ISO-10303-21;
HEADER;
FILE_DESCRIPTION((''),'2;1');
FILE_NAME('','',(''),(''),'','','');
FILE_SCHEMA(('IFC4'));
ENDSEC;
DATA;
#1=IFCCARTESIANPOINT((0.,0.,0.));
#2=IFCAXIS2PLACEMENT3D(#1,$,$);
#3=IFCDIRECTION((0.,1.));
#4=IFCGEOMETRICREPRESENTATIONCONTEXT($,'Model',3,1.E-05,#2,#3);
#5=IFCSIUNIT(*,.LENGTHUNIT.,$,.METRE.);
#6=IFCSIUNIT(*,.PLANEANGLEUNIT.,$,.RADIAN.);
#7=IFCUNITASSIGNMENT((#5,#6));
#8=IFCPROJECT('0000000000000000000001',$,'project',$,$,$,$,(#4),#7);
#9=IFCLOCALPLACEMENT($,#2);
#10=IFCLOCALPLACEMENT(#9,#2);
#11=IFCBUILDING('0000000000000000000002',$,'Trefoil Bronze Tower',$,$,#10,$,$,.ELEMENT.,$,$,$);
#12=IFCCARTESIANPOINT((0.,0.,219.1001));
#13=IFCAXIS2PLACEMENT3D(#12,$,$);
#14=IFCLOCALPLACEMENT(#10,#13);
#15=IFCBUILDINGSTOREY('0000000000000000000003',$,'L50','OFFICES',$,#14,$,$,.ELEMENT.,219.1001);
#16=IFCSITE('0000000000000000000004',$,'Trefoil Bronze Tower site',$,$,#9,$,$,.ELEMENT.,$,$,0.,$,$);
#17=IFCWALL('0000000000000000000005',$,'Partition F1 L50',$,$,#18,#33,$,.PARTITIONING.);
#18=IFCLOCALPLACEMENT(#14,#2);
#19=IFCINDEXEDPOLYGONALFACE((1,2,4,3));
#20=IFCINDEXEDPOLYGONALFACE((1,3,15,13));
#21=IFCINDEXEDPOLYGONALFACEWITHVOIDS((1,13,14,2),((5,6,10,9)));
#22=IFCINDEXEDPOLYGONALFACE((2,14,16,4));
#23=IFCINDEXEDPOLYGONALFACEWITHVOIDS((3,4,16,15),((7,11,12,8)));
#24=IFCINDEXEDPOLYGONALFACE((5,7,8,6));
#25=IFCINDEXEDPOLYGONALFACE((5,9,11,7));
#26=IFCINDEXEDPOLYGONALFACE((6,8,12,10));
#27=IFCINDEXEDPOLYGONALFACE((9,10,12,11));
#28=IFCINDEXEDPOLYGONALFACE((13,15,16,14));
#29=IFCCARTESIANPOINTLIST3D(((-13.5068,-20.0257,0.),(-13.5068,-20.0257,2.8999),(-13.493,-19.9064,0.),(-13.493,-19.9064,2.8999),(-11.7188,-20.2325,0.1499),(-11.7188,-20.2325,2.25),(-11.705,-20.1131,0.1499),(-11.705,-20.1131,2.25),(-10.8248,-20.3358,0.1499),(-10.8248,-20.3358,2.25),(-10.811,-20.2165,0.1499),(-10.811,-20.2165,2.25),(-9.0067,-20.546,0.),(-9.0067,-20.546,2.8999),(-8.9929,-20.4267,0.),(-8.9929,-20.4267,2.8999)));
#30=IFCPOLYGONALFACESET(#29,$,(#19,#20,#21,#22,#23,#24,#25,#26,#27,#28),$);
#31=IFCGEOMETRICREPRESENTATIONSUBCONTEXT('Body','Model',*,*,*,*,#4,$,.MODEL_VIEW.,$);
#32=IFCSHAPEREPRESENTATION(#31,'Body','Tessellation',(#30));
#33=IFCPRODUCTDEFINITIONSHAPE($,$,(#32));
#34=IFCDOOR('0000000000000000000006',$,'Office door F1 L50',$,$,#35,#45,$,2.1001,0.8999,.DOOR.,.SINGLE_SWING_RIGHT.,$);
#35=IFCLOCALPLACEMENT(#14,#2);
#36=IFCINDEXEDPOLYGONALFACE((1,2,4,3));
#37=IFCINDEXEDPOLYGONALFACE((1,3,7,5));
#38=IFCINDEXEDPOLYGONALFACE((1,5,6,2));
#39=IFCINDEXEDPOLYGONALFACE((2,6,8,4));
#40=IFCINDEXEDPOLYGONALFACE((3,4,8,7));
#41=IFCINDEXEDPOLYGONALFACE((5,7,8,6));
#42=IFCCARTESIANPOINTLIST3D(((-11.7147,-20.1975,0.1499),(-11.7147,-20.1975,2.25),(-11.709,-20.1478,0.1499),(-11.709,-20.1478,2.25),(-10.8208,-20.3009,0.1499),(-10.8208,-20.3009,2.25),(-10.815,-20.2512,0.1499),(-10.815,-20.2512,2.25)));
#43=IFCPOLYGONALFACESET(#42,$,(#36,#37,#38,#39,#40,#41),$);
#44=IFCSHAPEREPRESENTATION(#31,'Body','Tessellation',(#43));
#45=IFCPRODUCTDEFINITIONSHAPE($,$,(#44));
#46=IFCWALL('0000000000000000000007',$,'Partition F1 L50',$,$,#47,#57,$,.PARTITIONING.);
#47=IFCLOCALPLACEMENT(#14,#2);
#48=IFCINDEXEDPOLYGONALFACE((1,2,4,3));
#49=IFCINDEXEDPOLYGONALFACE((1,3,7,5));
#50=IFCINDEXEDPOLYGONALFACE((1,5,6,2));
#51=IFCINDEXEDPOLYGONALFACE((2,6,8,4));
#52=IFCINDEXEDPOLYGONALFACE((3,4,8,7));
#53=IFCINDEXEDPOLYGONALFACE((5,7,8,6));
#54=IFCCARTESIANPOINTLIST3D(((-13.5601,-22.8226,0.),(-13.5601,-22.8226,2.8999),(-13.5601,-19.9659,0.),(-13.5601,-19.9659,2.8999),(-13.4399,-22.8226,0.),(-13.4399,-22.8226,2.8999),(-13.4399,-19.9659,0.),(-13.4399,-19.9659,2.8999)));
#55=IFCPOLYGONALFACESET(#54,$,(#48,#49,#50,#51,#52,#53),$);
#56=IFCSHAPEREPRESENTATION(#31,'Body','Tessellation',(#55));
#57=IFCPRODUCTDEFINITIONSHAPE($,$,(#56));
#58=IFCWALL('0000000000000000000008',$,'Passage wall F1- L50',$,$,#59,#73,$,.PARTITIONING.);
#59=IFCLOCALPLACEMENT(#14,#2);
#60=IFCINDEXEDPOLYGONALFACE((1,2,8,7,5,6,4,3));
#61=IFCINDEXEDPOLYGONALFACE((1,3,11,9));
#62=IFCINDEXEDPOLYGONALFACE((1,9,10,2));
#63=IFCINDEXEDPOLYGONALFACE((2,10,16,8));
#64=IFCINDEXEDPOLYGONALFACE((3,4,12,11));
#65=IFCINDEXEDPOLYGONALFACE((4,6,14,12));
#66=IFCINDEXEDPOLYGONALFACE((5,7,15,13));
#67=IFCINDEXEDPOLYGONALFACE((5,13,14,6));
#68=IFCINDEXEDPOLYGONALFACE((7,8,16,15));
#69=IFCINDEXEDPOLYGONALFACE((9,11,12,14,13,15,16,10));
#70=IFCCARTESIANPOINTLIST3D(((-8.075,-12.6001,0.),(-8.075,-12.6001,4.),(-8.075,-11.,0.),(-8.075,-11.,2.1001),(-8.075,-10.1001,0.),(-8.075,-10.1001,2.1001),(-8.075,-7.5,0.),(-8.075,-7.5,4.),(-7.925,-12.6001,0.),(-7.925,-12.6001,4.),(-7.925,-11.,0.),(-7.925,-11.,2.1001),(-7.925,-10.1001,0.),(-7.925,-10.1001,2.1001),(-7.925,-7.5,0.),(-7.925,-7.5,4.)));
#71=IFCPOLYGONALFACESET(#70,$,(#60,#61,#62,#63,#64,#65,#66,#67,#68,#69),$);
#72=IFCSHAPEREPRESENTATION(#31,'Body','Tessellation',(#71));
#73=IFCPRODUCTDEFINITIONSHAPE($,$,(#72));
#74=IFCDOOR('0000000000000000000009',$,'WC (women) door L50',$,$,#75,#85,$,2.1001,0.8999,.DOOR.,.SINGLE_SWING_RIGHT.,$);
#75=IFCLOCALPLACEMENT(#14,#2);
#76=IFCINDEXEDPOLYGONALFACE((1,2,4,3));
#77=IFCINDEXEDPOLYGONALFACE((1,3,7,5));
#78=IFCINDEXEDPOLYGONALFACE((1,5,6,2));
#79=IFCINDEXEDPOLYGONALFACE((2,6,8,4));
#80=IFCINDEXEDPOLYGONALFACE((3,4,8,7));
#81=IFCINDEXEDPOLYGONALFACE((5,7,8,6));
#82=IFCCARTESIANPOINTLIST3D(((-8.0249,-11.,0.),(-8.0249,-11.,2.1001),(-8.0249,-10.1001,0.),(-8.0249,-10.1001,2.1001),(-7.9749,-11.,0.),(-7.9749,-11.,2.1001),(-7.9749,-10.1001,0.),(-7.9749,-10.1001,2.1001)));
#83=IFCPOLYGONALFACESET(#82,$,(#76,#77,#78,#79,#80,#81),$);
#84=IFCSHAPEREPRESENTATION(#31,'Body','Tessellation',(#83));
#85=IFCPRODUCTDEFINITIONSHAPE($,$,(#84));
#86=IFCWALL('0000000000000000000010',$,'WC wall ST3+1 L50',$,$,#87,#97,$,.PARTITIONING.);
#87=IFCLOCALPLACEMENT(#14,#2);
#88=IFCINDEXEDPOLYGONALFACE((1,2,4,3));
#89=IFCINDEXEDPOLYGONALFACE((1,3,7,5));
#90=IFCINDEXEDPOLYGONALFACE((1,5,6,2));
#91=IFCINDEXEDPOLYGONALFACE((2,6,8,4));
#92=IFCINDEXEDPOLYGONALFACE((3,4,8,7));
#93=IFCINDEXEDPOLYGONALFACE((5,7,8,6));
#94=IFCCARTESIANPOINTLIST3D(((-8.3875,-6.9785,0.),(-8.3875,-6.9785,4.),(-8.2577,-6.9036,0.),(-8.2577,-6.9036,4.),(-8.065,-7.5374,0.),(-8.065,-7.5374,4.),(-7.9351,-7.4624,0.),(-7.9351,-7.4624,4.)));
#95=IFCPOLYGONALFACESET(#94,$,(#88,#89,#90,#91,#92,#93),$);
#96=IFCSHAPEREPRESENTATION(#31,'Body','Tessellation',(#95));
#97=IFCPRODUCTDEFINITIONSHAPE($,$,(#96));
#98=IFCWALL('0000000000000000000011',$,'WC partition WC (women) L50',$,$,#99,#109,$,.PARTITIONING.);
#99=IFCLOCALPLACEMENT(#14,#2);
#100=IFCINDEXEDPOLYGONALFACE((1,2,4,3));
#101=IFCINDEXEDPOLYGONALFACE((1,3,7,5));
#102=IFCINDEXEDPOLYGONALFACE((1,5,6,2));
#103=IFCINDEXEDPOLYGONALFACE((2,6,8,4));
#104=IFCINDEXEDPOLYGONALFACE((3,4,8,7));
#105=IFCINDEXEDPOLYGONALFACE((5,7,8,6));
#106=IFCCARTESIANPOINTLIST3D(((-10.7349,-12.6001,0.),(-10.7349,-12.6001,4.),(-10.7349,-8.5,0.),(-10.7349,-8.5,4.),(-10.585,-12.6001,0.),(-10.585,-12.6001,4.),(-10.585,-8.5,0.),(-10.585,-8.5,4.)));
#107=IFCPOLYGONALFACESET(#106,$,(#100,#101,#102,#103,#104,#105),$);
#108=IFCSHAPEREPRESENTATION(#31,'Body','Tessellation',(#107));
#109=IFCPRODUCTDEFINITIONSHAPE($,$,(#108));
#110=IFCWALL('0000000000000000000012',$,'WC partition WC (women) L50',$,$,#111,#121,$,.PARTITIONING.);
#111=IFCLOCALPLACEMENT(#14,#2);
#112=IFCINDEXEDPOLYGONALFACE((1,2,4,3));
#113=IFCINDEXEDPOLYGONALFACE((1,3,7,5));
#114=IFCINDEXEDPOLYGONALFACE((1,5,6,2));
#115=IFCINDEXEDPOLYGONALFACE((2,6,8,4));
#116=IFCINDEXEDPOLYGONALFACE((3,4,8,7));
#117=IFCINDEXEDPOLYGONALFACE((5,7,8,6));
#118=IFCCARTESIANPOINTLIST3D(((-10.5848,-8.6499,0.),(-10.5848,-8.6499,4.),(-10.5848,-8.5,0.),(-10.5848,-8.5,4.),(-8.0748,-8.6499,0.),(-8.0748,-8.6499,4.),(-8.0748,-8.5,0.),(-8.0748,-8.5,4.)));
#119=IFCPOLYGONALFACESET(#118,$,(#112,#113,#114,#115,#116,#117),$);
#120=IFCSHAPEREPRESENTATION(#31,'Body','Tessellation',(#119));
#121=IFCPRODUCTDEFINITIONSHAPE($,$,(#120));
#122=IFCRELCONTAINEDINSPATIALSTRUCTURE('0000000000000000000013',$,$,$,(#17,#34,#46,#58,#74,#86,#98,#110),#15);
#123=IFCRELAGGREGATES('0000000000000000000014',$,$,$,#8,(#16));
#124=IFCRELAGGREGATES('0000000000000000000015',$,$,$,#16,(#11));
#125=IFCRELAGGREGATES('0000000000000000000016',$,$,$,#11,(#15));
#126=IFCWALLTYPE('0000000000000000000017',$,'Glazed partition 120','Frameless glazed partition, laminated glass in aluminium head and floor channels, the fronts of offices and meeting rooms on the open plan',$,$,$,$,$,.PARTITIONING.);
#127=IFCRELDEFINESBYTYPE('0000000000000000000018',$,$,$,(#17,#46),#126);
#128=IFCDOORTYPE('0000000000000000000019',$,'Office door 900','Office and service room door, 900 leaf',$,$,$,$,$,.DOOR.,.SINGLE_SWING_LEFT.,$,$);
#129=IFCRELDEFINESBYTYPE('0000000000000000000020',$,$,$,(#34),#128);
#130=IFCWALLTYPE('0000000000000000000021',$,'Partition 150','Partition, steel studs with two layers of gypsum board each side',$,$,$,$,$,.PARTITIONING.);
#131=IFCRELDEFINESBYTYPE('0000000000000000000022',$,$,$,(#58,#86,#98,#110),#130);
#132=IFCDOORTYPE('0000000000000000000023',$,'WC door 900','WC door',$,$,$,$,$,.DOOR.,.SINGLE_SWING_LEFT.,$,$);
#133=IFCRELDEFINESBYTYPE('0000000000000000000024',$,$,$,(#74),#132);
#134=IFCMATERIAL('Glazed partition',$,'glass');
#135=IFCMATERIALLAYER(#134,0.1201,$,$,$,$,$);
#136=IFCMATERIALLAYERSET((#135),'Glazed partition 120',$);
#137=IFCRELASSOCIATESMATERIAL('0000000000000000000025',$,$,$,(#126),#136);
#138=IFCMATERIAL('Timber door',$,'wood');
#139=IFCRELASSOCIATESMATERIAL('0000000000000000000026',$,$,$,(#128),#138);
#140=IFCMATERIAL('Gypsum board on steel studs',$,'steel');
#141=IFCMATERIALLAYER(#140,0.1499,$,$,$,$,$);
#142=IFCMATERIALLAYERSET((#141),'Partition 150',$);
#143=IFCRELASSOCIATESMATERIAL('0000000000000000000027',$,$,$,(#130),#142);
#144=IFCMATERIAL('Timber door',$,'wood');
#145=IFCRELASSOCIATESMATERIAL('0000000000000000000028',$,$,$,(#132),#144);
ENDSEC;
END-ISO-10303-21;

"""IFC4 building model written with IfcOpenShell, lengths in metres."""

from ifc_helpers import new_model, si_unit, direction, frame, frame_2d, origin, place, context, subcontext, project, spatial, rectangle, extrude, material, layer, layer_set, type_object, element, fill, save


model = new_model("IFC4")

# Units and contexts
model_context = context("Model", 3, precision=1e-05, world=origin(), true_north=direction((0.0, 1.0)))
body_context = subcontext(model_context, "Body", "Model", "MODEL_VIEW")
ifc_project = project(units=[si_unit("LENGTHUNIT", "METRE"), si_unit("PLANEANGLEUNIT", "RADIAN")], contexts=[model_context])

# Site, building, storey
site_placement = place(None, origin())
site = spatial("IfcSite", under=ifc_project, at=site_placement, Name="Trefoil Bronze Tower site", CompositionType="ELEMENT", RefElevation=0.0)
building_placement = place(site_placement, origin())
building = spatial("IfcBuilding", under=site, at=building_placement, Name="Trefoil Bronze Tower", CompositionType="ELEMENT")
storey_placement = place(building_placement, frame((0.0, 0.0, 219.1001)))
storey = spatial("IfcBuildingStorey", under=building, at=storey_placement, Name="L50", Description="OFFICES", CompositionType="ELEMENT", Elevation=219.1001)

# Wall, opening, door
ifc_material_1 = material(Name="Glazed partition", Category="glass")
ifc_layer_1 = layer(ifc_material_1, 0.1201)
ifc_layer_set_1 = layer_set([ifc_layer_1], Name="Glazed partition 120")
wall_type_1 = type_object("IfcWallType", Name="Glazed partition 120", Description="Frameless glazed partition, laminated glass in aluminium head and floor channels, the fronts of offices and meeting rooms on the open plan", PredefinedType="PARTITIONING", material=ifc_layer_set_1)
wall_1_placement = place(storey_placement, frame((-13.5, -19.9661, 0.0), z_axis=(0.0, 0.0, 1.0), x_axis=(0.993383, -0.114849, 0.0)))
wall_1 = element("IfcWall", 1, at=wall_1_placement, inside=storey, type_object=wall_type_1, Name="Partition F1 L50", PredefinedType="PARTITIONING", context=body_context, shape_type="SweptSolid", body=[
    extrude(rectangle(XDim=4.53, YDim=0.1201, at=frame_2d((2.2651, 0.0))), origin(), (0.0, 0.0, 1.0), 2.8999),
])
opening_1_placement = place(wall_1_placement, frame((1.8, 0.0, 0.1499)))
opening_1 = element("IfcOpeningElement", 2, at=opening_1_placement, cuts=wall_1, PredefinedType="OPENING", context=body_context, shape_type="SweptSolid", body=[
    extrude(rectangle(XDim=0.8999, YDim=2.1001, at=frame_2d((0.45, 1.05))), frame((0.0, 0.0701, 0.0), z_axis=(0.0, -1.0, 0.0), x_axis=(1.0, 0.0, 0.0)), (0.0, 0.0, 1.0), 0.1401),
])
ifc_material_2 = material(Name="Timber door", Category="wood")
door_type_1 = type_object("IfcDoorType", Name="Office door 900", Description="Office and service room door, 900 leaf", OperationType="SINGLE_SWING_LEFT", PredefinedType="DOOR", material=ifc_material_2)
door_1_placement = place(opening_1_placement, frame((0.8999, 0.0, 0.0), z_axis=(0.0, 0.0, 1.0), x_axis=(-1.0, 0.0, 0.0)))
door_1 = element("IfcDoor", 3, at=door_1_placement, inside=storey, type_object=door_type_1, Name="Office door F1 L50", OperationType="SINGLE_SWING_RIGHT", OverallHeight=2.1001, OverallWidth=0.8999, PredefinedType="DOOR", context=body_context, shape_type="SweptSolid", body=[
    extrude(rectangle(XDim=0.8999, YDim=2.1001, at=frame_2d((0.45, 1.05))), frame((0.0, 0.0249, 0.0), z_axis=(0.0, -1.0, 0.0), x_axis=(1.0, 0.0, 0.0)), (0.0, 0.0, 1.0), 0.05),
])
fill(opening_1, door_1)

# Wall
wall_2_placement = place(storey_placement, frame((-13.5, -19.9661, 0.0), z_axis=(0.0, 0.0, 1.0), x_axis=(0.0, -1.0, 0.0)))
element("IfcWall", 4, at=wall_2_placement, inside=storey, type_object=wall_type_1, Name="Partition F1 L50", PredefinedType="PARTITIONING", context=body_context, shape_type="SweptSolid", body=[
    extrude(rectangle(XDim=2.8567, YDim=0.1201, at=frame_2d((1.4282, 0.0))), origin(), (0.0, 0.0, 1.0), 2.8999),
])

# Wall, opening, door
ifc_material_3 = material(Name="Gypsum board on steel studs", Category="steel")
ifc_layer_2 = layer(ifc_material_3, 0.1499)
ifc_layer_set_2 = layer_set([ifc_layer_2], Name="Partition 150")
wall_type_2 = type_object("IfcWallType", Name="Partition 150", Description="Partition, steel studs with two layers of gypsum board each side", PredefinedType="PARTITIONING", material=ifc_layer_set_2)
wall_3_placement = place(storey_placement, frame((-8.0, -7.5, 0.0), z_axis=(0.0, 0.0, 1.0), x_axis=(0.0, -1.0, 0.0)))
wall_3 = element("IfcWall", 5, at=wall_3_placement, inside=storey, type_object=wall_type_2, Name="Passage wall F1- L50", PredefinedType="PARTITIONING", context=body_context, shape_type="SweptSolid", body=[
    extrude(rectangle(XDim=5.1001, YDim=0.1499, at=frame_2d((2.55, 0.0))), origin(), (0.0, 0.0, 1.0), 4.0),
])
opening_2_placement = place(wall_3_placement, frame((2.6001, 0.0, 0.0)))
opening_2 = element("IfcOpeningElement", 6, at=opening_2_placement, cuts=wall_3, PredefinedType="OPENING", context=body_context, shape_type="SweptSolid", body=[
    extrude(rectangle(XDim=0.8999, YDim=2.1001, at=frame_2d((0.45, 1.05))), frame((0.0, 0.085, 0.0), z_axis=(0.0, -1.0, 0.0), x_axis=(1.0, 0.0, 0.0)), (0.0, 0.0, 1.0), 0.1699),
])
ifc_material_4 = material(Name="Timber door", Category="wood")
door_type_2 = type_object("IfcDoorType", Name="WC door 900", Description="WC door", OperationType="SINGLE_SWING_LEFT", PredefinedType="DOOR", material=ifc_material_4)
door_2_placement = place(opening_2_placement, frame((0.8999, 0.0, 0.0), z_axis=(0.0, 0.0, 1.0), x_axis=(-1.0, 0.0, 0.0)))
door_2 = element("IfcDoor", 7, at=door_2_placement, inside=storey, type_object=door_type_2, Name="WC (women) door L50", OperationType="SINGLE_SWING_RIGHT", OverallHeight=2.1001, OverallWidth=0.8999, PredefinedType="DOOR", context=body_context, shape_type="SweptSolid", body=[
    extrude(rectangle(XDim=0.8999, YDim=2.1001, at=frame_2d((0.45, 1.05))), frame((0.0, 0.0249, 0.0), z_axis=(0.0, -1.0, 0.0), x_axis=(1.0, 0.0, 0.0)), (0.0, 0.0, 1.0), 0.05),
])
fill(opening_2, door_2)

# Walls
wall_4_placement = place(storey_placement, frame((-8.0, -7.5, 0.0), z_axis=(0.0, 0.0, 1.0), x_axis=(-0.499843, 0.866116, 0.0)))
element("IfcWall", 8, at=wall_4_placement, inside=storey, type_object=wall_type_2, Name="WC wall ST3+1 L50", PredefinedType="PARTITIONING", context=body_context, shape_type="SweptSolid", body=[
    extrude(rectangle(XDim=0.6453, YDim=0.1499, at=frame_2d((0.3228, 0.0))), origin(), (0.0, 0.0, 1.0), 4.0),
])
wall_5_placement = place(storey_placement, frame((-10.6599, -8.5, 0.0), z_axis=(0.0, 0.0, 1.0), x_axis=(0.0, -1.0, 0.0)))
element("IfcWall", 9, at=wall_5_placement, inside=storey, type_object=wall_type_2, Name="WC partition WC (women) L50", PredefinedType="PARTITIONING", context=body_context, shape_type="SweptSolid", body=[
    extrude(rectangle(XDim=4.1001, YDim=0.1499, at=frame_2d((2.05, 0.0))), origin(), (0.0, 0.0, 1.0), 4.0),
])
wall_6_placement = place(storey_placement, frame((-8.075, -8.575, 0.0), z_axis=(0.0, 0.0, 1.0), x_axis=(-1.0, 0.0, 0.0)))
element("IfcWall", 10, at=wall_6_placement, inside=storey, type_object=wall_type_2, Name="WC partition WC (women) L50", PredefinedType="PARTITIONING", context=body_context, shape_type="SweptSolid", body=[
    extrude(rectangle(XDim=2.51, YDim=0.1499, at=frame_2d((1.2549, 0.0))), origin(), (0.0, 0.0, 1.0), 4.0),
])

save(model, "model.ifc")
